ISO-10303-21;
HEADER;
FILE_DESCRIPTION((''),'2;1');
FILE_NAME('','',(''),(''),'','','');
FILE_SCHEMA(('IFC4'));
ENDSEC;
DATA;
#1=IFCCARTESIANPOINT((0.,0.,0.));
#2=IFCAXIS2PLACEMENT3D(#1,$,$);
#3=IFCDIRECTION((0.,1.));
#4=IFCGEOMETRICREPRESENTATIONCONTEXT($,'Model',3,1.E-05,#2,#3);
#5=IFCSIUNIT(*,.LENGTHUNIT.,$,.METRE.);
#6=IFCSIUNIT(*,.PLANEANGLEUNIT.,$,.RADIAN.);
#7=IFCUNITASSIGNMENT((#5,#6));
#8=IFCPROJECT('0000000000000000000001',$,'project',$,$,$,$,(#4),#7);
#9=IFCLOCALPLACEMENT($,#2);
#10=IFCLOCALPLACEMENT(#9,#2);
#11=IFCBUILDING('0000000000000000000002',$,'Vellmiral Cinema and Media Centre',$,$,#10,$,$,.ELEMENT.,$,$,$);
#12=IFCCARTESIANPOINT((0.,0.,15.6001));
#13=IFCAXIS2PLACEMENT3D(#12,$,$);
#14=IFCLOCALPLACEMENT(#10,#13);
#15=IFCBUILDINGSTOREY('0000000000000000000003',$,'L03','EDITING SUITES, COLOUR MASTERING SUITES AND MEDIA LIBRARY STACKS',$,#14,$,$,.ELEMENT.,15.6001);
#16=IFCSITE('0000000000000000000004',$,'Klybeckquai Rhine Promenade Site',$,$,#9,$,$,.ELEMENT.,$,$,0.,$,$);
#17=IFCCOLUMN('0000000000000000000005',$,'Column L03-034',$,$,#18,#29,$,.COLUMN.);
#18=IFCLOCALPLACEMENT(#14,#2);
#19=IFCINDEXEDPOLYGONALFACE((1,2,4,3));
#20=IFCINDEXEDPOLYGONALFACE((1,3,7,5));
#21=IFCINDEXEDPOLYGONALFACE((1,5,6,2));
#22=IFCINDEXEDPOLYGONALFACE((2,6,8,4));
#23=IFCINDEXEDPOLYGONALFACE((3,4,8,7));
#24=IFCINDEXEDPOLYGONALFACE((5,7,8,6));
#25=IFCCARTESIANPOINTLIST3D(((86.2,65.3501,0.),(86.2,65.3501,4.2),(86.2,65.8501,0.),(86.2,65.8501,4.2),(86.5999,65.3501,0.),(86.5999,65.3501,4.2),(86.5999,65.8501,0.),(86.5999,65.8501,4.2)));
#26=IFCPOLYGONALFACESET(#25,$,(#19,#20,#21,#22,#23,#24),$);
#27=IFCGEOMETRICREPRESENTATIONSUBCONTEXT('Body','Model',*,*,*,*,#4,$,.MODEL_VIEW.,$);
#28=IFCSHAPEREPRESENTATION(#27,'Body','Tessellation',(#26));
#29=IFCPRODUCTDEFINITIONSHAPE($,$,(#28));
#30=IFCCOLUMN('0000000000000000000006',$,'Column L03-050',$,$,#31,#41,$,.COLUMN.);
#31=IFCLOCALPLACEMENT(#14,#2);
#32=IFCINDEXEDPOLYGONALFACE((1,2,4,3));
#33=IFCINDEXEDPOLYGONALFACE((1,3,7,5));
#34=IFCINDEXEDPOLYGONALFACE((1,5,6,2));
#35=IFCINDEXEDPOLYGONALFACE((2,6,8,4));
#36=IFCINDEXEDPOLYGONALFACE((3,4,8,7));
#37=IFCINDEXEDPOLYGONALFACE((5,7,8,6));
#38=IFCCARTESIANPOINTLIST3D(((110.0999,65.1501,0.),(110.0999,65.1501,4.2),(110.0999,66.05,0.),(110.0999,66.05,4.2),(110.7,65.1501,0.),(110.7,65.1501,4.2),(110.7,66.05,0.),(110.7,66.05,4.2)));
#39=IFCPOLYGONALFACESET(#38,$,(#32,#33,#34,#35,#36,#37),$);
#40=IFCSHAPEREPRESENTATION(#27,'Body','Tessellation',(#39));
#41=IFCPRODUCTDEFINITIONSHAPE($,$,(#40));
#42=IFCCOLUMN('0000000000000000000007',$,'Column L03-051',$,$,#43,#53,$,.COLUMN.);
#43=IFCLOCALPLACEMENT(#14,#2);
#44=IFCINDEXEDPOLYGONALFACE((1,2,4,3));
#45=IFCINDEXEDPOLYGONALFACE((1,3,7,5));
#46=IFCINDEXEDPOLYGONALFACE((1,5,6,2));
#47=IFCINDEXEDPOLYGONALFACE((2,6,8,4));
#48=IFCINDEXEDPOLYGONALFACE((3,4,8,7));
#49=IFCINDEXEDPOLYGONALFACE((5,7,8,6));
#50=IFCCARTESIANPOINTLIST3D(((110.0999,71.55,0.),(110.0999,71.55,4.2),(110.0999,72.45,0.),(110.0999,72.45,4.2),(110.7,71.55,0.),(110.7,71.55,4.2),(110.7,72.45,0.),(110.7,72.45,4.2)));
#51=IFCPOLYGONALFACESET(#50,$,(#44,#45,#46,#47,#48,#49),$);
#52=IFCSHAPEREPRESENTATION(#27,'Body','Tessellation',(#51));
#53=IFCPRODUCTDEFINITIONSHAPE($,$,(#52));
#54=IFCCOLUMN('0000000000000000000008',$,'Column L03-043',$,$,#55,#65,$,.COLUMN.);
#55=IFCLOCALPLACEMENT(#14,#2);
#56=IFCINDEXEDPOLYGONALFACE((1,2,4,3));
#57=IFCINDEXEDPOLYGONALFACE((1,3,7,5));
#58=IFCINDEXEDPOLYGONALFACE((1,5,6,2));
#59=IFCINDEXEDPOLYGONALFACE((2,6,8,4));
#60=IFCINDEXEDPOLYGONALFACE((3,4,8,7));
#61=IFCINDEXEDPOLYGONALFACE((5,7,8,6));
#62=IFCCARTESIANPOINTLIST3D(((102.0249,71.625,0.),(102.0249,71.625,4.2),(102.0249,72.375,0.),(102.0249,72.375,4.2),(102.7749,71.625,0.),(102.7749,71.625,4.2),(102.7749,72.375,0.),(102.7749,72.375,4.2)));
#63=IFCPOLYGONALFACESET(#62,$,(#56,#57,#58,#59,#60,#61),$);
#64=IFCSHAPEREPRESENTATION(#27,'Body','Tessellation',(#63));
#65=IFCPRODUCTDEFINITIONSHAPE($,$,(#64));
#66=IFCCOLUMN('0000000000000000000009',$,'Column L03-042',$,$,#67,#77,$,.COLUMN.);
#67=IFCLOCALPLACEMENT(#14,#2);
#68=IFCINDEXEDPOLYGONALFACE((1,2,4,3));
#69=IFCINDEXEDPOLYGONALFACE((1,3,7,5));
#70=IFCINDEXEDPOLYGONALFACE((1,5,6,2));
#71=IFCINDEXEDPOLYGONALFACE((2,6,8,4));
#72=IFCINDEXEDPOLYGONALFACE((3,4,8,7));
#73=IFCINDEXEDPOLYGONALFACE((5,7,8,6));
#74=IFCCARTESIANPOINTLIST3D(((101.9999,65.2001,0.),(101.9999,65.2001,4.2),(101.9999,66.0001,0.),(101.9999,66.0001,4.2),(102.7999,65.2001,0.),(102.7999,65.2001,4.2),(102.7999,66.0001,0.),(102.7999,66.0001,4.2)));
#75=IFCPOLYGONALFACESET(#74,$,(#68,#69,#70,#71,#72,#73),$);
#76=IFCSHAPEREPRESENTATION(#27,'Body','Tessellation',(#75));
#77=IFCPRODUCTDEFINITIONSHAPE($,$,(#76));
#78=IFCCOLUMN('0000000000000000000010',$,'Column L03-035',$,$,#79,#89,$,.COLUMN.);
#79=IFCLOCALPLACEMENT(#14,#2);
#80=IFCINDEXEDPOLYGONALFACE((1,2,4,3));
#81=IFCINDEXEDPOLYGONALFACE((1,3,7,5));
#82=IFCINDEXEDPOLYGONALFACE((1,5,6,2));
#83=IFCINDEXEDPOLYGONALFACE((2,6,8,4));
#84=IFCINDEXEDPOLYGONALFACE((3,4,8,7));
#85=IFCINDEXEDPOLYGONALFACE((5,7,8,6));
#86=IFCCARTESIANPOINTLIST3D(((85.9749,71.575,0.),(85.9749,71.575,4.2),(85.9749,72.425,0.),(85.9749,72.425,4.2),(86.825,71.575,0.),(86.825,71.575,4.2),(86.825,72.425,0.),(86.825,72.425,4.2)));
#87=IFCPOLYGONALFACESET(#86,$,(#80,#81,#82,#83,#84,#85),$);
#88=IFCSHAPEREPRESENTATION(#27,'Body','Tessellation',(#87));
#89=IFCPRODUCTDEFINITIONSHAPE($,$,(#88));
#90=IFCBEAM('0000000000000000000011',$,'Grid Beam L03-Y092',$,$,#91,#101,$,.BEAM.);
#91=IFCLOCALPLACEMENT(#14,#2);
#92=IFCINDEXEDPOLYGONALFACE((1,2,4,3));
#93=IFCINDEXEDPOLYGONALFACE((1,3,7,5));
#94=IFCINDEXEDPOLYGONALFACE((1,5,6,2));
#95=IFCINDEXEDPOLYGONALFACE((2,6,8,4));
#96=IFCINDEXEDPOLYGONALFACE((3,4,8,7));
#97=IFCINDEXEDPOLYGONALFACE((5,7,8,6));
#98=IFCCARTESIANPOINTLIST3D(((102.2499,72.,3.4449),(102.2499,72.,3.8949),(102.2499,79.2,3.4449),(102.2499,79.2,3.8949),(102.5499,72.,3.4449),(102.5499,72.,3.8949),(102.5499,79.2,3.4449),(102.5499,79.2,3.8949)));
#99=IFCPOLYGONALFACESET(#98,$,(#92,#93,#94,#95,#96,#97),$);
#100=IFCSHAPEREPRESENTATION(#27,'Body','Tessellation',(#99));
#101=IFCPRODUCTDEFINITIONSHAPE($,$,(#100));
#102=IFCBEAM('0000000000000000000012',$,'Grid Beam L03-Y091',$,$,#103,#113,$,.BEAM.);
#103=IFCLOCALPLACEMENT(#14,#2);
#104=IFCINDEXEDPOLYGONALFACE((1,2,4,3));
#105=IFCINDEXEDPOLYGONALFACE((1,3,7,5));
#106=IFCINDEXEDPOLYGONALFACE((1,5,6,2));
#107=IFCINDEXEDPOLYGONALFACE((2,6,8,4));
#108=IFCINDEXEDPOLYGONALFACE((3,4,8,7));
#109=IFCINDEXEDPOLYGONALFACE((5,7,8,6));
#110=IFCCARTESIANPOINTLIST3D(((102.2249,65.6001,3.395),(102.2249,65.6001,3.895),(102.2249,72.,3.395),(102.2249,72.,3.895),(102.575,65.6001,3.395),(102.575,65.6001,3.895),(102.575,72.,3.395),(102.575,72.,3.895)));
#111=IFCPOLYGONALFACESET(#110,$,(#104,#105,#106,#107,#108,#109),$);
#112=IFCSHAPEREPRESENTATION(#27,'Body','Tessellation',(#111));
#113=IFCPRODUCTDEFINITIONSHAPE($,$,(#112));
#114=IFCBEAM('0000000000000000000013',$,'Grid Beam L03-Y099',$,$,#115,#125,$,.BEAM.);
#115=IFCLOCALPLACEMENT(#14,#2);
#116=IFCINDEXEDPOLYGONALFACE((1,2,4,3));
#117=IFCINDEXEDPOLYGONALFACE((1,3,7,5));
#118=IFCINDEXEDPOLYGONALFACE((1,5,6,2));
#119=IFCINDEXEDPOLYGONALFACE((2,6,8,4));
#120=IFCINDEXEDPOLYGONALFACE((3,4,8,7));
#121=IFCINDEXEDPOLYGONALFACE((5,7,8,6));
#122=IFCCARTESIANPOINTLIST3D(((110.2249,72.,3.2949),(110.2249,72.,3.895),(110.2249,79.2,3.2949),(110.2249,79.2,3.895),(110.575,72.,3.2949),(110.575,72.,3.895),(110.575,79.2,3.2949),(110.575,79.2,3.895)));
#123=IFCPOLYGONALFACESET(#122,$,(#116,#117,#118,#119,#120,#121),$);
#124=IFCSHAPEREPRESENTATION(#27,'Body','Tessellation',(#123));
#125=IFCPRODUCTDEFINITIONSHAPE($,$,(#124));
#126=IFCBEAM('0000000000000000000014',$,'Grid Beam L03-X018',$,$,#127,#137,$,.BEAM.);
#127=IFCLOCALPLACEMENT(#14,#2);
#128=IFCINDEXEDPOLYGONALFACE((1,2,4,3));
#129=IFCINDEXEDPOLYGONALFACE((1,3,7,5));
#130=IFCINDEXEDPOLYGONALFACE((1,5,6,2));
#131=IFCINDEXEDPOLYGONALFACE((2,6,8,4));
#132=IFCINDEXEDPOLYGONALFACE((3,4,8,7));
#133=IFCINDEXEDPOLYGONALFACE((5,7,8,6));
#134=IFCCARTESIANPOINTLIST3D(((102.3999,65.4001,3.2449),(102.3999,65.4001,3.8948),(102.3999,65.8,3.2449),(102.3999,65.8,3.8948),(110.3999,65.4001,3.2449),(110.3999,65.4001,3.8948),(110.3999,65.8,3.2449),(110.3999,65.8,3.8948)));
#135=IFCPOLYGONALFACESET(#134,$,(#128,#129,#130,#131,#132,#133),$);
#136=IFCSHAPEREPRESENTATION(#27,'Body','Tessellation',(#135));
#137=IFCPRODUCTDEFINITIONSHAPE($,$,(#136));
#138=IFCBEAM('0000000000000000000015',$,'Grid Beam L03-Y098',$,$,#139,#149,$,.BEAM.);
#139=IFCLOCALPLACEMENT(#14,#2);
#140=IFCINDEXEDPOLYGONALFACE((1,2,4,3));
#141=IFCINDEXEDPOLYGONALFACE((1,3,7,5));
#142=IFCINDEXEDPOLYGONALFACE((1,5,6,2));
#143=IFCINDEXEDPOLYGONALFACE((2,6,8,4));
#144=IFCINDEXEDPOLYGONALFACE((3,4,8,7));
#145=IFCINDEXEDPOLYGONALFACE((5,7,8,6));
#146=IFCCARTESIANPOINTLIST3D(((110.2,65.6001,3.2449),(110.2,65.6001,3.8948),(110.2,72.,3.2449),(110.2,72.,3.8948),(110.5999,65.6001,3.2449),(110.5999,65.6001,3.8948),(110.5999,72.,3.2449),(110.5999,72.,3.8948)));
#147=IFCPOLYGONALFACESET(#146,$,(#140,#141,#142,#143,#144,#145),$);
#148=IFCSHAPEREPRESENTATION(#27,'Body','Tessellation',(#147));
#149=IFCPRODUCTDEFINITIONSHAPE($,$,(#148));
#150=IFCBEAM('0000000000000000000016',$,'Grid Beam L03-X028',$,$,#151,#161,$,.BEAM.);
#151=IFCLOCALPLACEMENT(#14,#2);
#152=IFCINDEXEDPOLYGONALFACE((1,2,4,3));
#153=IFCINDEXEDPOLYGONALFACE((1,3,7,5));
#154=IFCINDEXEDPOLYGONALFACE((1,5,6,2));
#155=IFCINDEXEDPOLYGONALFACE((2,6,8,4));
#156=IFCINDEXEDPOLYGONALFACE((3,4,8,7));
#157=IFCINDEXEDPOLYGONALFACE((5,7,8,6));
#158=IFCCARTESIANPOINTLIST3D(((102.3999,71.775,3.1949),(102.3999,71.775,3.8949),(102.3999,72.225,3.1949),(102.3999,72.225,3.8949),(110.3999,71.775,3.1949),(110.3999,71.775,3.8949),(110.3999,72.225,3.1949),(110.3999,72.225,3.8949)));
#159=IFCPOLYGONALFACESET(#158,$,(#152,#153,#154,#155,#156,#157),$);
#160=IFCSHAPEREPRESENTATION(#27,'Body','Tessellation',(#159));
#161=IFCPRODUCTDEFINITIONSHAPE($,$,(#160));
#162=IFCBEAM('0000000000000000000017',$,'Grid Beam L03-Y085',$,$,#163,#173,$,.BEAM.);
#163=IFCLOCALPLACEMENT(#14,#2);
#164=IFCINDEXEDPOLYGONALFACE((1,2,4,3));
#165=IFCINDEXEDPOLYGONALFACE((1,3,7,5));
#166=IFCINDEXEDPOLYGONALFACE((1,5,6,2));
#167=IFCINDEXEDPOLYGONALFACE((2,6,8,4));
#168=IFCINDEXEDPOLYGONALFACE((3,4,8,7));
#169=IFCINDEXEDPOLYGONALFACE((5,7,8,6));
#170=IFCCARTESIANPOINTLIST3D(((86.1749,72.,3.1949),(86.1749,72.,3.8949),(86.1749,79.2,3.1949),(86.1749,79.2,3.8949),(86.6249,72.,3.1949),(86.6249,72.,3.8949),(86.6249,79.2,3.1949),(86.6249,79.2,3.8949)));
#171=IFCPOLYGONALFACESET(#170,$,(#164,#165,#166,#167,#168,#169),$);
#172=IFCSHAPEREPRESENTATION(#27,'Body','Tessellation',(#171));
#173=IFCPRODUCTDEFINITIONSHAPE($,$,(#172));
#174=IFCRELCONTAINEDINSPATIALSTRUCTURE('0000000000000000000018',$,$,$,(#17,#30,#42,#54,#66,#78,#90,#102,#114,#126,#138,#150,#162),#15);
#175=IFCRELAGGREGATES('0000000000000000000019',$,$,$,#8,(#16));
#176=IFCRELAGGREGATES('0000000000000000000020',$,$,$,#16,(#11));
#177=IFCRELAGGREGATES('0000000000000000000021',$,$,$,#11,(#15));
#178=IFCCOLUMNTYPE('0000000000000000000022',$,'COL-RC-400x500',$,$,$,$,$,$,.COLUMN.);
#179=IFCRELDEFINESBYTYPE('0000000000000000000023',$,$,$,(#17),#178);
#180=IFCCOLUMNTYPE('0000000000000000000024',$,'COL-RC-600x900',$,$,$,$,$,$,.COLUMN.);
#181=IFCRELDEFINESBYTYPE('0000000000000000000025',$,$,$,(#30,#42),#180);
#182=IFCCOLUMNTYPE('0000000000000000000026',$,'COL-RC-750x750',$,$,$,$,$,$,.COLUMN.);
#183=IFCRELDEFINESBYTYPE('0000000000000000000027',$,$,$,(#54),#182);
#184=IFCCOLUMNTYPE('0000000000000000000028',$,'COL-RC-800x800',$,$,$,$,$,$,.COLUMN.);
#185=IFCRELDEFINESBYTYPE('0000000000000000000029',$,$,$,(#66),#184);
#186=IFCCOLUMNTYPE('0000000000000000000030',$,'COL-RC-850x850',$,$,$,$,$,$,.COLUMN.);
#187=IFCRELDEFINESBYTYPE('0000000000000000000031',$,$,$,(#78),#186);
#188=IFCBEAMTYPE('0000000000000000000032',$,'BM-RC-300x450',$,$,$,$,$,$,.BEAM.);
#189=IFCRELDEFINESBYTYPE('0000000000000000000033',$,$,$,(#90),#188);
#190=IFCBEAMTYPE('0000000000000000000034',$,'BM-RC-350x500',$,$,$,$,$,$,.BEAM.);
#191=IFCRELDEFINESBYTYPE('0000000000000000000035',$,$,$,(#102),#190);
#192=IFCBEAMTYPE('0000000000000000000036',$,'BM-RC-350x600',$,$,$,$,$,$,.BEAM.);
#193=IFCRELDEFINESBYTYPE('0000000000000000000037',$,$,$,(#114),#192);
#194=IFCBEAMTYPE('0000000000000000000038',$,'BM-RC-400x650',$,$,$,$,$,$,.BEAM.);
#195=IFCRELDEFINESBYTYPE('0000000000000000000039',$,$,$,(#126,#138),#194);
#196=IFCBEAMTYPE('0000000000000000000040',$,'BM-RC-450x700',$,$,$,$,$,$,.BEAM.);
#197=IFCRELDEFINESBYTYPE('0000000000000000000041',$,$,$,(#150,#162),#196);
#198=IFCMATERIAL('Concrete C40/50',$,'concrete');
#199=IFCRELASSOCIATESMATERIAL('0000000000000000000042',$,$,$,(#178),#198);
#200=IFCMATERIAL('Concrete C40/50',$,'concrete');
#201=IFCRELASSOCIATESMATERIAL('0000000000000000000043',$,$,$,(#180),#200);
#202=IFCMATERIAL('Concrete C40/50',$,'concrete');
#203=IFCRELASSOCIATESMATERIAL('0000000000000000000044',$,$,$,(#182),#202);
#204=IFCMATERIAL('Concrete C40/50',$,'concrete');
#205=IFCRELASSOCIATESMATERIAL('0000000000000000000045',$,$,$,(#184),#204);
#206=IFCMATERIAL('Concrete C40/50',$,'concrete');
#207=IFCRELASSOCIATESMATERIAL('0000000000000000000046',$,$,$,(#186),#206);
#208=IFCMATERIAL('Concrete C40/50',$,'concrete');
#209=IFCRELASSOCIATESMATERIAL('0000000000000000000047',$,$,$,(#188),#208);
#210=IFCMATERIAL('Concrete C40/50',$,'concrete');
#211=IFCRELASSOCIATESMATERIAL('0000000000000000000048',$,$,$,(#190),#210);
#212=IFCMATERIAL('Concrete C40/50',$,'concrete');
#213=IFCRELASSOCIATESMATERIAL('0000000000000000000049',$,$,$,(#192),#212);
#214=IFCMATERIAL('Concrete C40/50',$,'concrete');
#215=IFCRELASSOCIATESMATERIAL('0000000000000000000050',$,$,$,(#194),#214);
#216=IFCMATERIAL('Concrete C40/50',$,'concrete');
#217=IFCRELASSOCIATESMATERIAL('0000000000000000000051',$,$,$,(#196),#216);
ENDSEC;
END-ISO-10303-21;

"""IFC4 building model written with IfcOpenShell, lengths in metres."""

from ifc_helpers import new_model, si_unit, direction, frame, origin, origin_2d, place, context, subcontext, project, spatial, rectangle, extrude, material, material_profile, profile_set, type_object, element, save


model = new_model("IFC4")

# Units and contexts
model_context = context("Model", 3, precision=1e-05, world=origin(), true_north=direction((0.0, 1.0)))
body_context = subcontext(model_context, "Body", "Model", "MODEL_VIEW")
ifc_project = project(units=[si_unit("LENGTHUNIT", "METRE"), si_unit("PLANEANGLEUNIT", "RADIAN")], contexts=[model_context])

# Site, building, storey
site_placement = place(None, origin())
site = spatial("IfcSite", under=ifc_project, at=site_placement, Name="Klybeckquai Rhine Promenade Site", CompositionType="ELEMENT", RefElevation=0.0)
building_placement = place(site_placement, origin())
building = spatial("IfcBuilding", under=site, at=building_placement, Name="Vellmiral Cinema and Media Centre", CompositionType="ELEMENT")
storey_placement = place(building_placement, frame((0.0, 0.0, 15.6001)))
storey = spatial("IfcBuildingStorey", under=building, at=storey_placement, Name="L03", Description="EDITING SUITES, COLOUR MASTERING SUITES AND MEDIA LIBRARY STACKS", CompositionType="ELEMENT", Elevation=15.6001)

# Columns
ifc_material_1 = material(Name="Concrete C40/50", Category="concrete")
ifc_material_profile_1 = material_profile(ifc_material_1, rectangle(XDim=0.3999, YDim=0.5, at=origin_2d()), Name="RC 400x500")
ifc_profile_set_1 = profile_set([ifc_material_profile_1], Name="Concrete C40/50")
column_type_1 = type_object("IfcColumnType", Name="COL-RC-400x500", PredefinedType="COLUMN", material=ifc_profile_set_1)
column_1_placement = place(storey_placement, frame((86.3999, 65.6001, 0.0), z_axis=(0.0, 0.0, 1.0), x_axis=(1.0, 0.0, 0.0)))
element("IfcColumn", 1, at=column_1_placement, inside=storey, type_object=column_type_1, Name="Column L03-034", PredefinedType="COLUMN", context=body_context, shape_type="SweptSolid", body=[
    extrude(rectangle(XDim=0.3999, YDim=0.5, at=origin_2d()), origin(), (0.0, 0.0, 1.0), 4.2),
])
ifc_material_2 = material(Name="Concrete C40/50", Category="concrete")
ifc_material_profile_2 = material_profile(ifc_material_2, rectangle(XDim=0.6001, YDim=0.8999, at=origin_2d()), Name="RC 600x900")
ifc_profile_set_2 = profile_set([ifc_material_profile_2], Name="Concrete C40/50")
column_type_2 = type_object("IfcColumnType", Name="COL-RC-600x900", PredefinedType="COLUMN", material=ifc_profile_set_2)
for number, where, z_axis, x_axis, name in (
    (2, (110.3999, 65.6001, 0.0), (0.0, 0.0, 1.0), (1.0, 0.0, 0.0), "Column L03-050"),
    (3, (110.3999, 72.0, 0.0), (0.0, 0.0, 1.0), (1.0, 0.0, 0.0), "Column L03-051"),
):
    element("IfcColumn", number, at=place(storey_placement, frame(where, z_axis=z_axis, x_axis=x_axis)), inside=storey, type_object=column_type_2, Name=name, PredefinedType="COLUMN", context=body_context, shape_type="SweptSolid", body=[
        extrude(rectangle(XDim=0.6001, YDim=0.8999, at=origin_2d()), origin(), (0.0, 0.0, 1.0), 4.2),
    ])
ifc_material_3 = material(Name="Concrete C40/50", Category="concrete")
ifc_material_profile_3 = material_profile(ifc_material_3, rectangle(XDim=0.75, YDim=0.75, at=origin_2d()), Name="RC 750x750")
ifc_profile_set_3 = profile_set([ifc_material_profile_3], Name="Concrete C40/50")
column_type_3 = type_object("IfcColumnType", Name="COL-RC-750x750", PredefinedType="COLUMN", material=ifc_profile_set_3)
column_2_placement = place(storey_placement, frame((102.3999, 72.0, 0.0), z_axis=(0.0, 0.0, 1.0), x_axis=(1.0, 0.0, 0.0)))
element("IfcColumn", 4, at=column_2_placement, inside=storey, type_object=column_type_3, Name="Column L03-043", PredefinedType="COLUMN", context=body_context, shape_type="SweptSolid", body=[
    extrude(rectangle(XDim=0.75, YDim=0.75, at=origin_2d()), origin(), (0.0, 0.0, 1.0), 4.2),
])
ifc_material_4 = material(Name="Concrete C40/50", Category="concrete")
ifc_material_profile_4 = material_profile(ifc_material_4, rectangle(XDim=0.8, YDim=0.8, at=origin_2d()), Name="RC 800x800")
ifc_profile_set_4 = profile_set([ifc_material_profile_4], Name="Concrete C40/50")
column_type_4 = type_object("IfcColumnType", Name="COL-RC-800x800", PredefinedType="COLUMN", material=ifc_profile_set_4)
column_3_placement = place(storey_placement, frame((102.3999, 65.6001, 0.0), z_axis=(0.0, 0.0, 1.0), x_axis=(1.0, 0.0, 0.0)))
element("IfcColumn", 5, at=column_3_placement, inside=storey, type_object=column_type_4, Name="Column L03-042", PredefinedType="COLUMN", context=body_context, shape_type="SweptSolid", body=[
    extrude(rectangle(XDim=0.8, YDim=0.8, at=origin_2d()), origin(), (0.0, 0.0, 1.0), 4.2),
])
ifc_material_5 = material(Name="Concrete C40/50", Category="concrete")
ifc_material_profile_5 = material_profile(ifc_material_5, rectangle(XDim=0.8501, YDim=0.8501, at=origin_2d()), Name="RC 850x850")
ifc_profile_set_5 = profile_set([ifc_material_profile_5], Name="Concrete C40/50")
column_type_5 = type_object("IfcColumnType", Name="COL-RC-850x850", PredefinedType="COLUMN", material=ifc_profile_set_5)
column_4_placement = place(storey_placement, frame((86.3999, 72.0, 0.0), z_axis=(0.0, 0.0, 1.0), x_axis=(1.0, 0.0, 0.0)))
element("IfcColumn", 6, at=column_4_placement, inside=storey, type_object=column_type_5, Name="Column L03-035", PredefinedType="COLUMN", context=body_context, shape_type="SweptSolid", body=[
    extrude(rectangle(XDim=0.8501, YDim=0.8501, at=origin_2d()), origin(), (0.0, 0.0, 1.0), 4.2),
])

# Beams
ifc_material_6 = material(Name="Concrete C40/50", Category="concrete")
ifc_material_profile_6 = material_profile(ifc_material_6, rectangle(XDim=0.3, YDim=0.45, at=origin_2d()), Name="RC 300x450")
ifc_profile_set_6 = profile_set([ifc_material_profile_6], Name="Concrete C40/50")
beam_type_1 = type_object("IfcBeamType", Name="BM-RC-300x450", PredefinedType="BEAM", material=ifc_profile_set_6)
beam_1_placement = place(storey_placement, frame((102.3999, 72.0, 3.6699), z_axis=(0.0, 1.0, 0.0), x_axis=(-1.0, 0.0, 0.0)))
element("IfcBeam", 7, at=beam_1_placement, inside=storey, type_object=beam_type_1, Name="Grid Beam L03-Y092", PredefinedType="BEAM", context=body_context, shape_type="SweptSolid", body=[
    extrude(rectangle(XDim=0.3, YDim=0.45, at=origin_2d()), origin(), (0.0, 0.0, 1.0), 7.2),
])
ifc_material_7 = material(Name="Concrete C40/50", Category="concrete")
ifc_material_profile_7 = material_profile(ifc_material_7, rectangle(XDim=0.3501, YDim=0.5, at=origin_2d()), Name="RC 350x500")
ifc_profile_set_7 = profile_set([ifc_material_profile_7], Name="Concrete C40/50")
beam_type_2 = type_object("IfcBeamType", Name="BM-RC-350x500", PredefinedType="BEAM", material=ifc_profile_set_7)
beam_2_placement = place(storey_placement, frame((102.3999, 65.6001, 3.645), z_axis=(0.0, 1.0, 0.0), x_axis=(-1.0, 0.0, 0.0)))
element("IfcBeam", 8, at=beam_2_placement, inside=storey, type_object=beam_type_2, Name="Grid Beam L03-Y091", PredefinedType="BEAM", context=body_context, shape_type="SweptSolid", body=[
    extrude(rectangle(XDim=0.3501, YDim=0.5, at=origin_2d()), origin(), (0.0, 0.0, 1.0), 6.3999),
])
ifc_material_8 = material(Name="Concrete C40/50", Category="concrete")
ifc_material_profile_8 = material_profile(ifc_material_8, rectangle(XDim=0.3501, YDim=0.6001, at=origin_2d()), Name="RC 350x600")
ifc_profile_set_8 = profile_set([ifc_material_profile_8], Name="Concrete C40/50")
beam_type_3 = type_object("IfcBeamType", Name="BM-RC-350x600", PredefinedType="BEAM", material=ifc_profile_set_8)
beam_3_placement = place(storey_placement, frame((110.3999, 72.0, 3.595), z_axis=(0.0, 1.0, 0.0), x_axis=(-1.0, 0.0, 0.0)))
element("IfcBeam", 9, at=beam_3_placement, inside=storey, type_object=beam_type_3, Name="Grid Beam L03-Y099", PredefinedType="BEAM", context=body_context, shape_type="SweptSolid", body=[
    extrude(rectangle(XDim=0.3501, YDim=0.6001, at=origin_2d()), origin(), (0.0, 0.0, 1.0), 7.2),
])
ifc_material_9 = material(Name="Concrete C40/50", Category="concrete")
ifc_material_profile_9 = material_profile(ifc_material_9, rectangle(XDim=0.3999, YDim=0.6499, at=origin_2d()), Name="RC 400x650")
ifc_profile_set_9 = profile_set([ifc_material_profile_9], Name="Concrete C40/50")
beam_type_4 = type_object("IfcBeamType", Name="BM-RC-400x650", PredefinedType="BEAM", material=ifc_profile_set_9)
beam_4_placement = place(storey_placement, frame((102.3999, 65.6001, 3.5698), z_axis=(1.0, 0.0, 0.0), x_axis=(0.0, 1.0, 0.0)))
element("IfcBeam", 10, at=beam_4_placement, inside=storey, type_object=beam_type_4, Name="Grid Beam L03-X018", PredefinedType="BEAM", context=body_context, shape_type="SweptSolid", body=[
    extrude(rectangle(XDim=0.3999, YDim=0.6499, at=origin_2d()), origin(), (0.0, 0.0, 1.0), 8.0),
])
beam_5_placement = place(storey_placement, frame((110.3999, 65.6001, 3.5698), z_axis=(0.0, 1.0, 0.0), x_axis=(-1.0, 0.0, 0.0)))
element("IfcBeam", 11, at=beam_5_placement, inside=storey, type_object=beam_type_4, Name="Grid Beam L03-Y098", PredefinedType="BEAM", context=body_context, shape_type="SweptSolid", body=[
    extrude(rectangle(XDim=0.3999, YDim=0.6499, at=origin_2d()), origin(), (0.0, 0.0, 1.0), 6.3999),
])
ifc_material_10 = material(Name="Concrete C40/50", Category="concrete")
ifc_material_profile_10 = material_profile(ifc_material_10, rectangle(XDim=0.45, YDim=0.7, at=origin_2d()), Name="RC 450x700")
ifc_profile_set_10 = profile_set([ifc_material_profile_10], Name="Concrete C40/50")
beam_type_5 = type_object("IfcBeamType", Name="BM-RC-450x700", PredefinedType="BEAM", material=ifc_profile_set_10)
beam_6_placement = place(storey_placement, frame((102.3999, 72.0, 3.5449), z_axis=(1.0, 0.0, 0.0), x_axis=(0.0, 1.0, 0.0)))
element("IfcBeam", 12, at=beam_6_placement, inside=storey, type_object=beam_type_5, Name="Grid Beam L03-X028", PredefinedType="BEAM", context=body_context, shape_type="SweptSolid", body=[
    extrude(rectangle(XDim=0.45, YDim=0.7, at=origin_2d()), origin(), (0.0, 0.0, 1.0), 8.0),
])
beam_7_placement = place(storey_placement, frame((86.3999, 72.0, 3.5449), z_axis=(0.0, 1.0, 0.0), x_axis=(-1.0, 0.0, 0.0)))
element("IfcBeam", 13, at=beam_7_placement, inside=storey, type_object=beam_type_5, Name="Grid Beam L03-Y085", PredefinedType="BEAM", context=body_context, shape_type="SweptSolid", body=[
    extrude(rectangle(XDim=0.45, YDim=0.7, at=origin_2d()), origin(), (0.0, 0.0, 1.0), 7.2),
])

save(model, "model.ifc")
